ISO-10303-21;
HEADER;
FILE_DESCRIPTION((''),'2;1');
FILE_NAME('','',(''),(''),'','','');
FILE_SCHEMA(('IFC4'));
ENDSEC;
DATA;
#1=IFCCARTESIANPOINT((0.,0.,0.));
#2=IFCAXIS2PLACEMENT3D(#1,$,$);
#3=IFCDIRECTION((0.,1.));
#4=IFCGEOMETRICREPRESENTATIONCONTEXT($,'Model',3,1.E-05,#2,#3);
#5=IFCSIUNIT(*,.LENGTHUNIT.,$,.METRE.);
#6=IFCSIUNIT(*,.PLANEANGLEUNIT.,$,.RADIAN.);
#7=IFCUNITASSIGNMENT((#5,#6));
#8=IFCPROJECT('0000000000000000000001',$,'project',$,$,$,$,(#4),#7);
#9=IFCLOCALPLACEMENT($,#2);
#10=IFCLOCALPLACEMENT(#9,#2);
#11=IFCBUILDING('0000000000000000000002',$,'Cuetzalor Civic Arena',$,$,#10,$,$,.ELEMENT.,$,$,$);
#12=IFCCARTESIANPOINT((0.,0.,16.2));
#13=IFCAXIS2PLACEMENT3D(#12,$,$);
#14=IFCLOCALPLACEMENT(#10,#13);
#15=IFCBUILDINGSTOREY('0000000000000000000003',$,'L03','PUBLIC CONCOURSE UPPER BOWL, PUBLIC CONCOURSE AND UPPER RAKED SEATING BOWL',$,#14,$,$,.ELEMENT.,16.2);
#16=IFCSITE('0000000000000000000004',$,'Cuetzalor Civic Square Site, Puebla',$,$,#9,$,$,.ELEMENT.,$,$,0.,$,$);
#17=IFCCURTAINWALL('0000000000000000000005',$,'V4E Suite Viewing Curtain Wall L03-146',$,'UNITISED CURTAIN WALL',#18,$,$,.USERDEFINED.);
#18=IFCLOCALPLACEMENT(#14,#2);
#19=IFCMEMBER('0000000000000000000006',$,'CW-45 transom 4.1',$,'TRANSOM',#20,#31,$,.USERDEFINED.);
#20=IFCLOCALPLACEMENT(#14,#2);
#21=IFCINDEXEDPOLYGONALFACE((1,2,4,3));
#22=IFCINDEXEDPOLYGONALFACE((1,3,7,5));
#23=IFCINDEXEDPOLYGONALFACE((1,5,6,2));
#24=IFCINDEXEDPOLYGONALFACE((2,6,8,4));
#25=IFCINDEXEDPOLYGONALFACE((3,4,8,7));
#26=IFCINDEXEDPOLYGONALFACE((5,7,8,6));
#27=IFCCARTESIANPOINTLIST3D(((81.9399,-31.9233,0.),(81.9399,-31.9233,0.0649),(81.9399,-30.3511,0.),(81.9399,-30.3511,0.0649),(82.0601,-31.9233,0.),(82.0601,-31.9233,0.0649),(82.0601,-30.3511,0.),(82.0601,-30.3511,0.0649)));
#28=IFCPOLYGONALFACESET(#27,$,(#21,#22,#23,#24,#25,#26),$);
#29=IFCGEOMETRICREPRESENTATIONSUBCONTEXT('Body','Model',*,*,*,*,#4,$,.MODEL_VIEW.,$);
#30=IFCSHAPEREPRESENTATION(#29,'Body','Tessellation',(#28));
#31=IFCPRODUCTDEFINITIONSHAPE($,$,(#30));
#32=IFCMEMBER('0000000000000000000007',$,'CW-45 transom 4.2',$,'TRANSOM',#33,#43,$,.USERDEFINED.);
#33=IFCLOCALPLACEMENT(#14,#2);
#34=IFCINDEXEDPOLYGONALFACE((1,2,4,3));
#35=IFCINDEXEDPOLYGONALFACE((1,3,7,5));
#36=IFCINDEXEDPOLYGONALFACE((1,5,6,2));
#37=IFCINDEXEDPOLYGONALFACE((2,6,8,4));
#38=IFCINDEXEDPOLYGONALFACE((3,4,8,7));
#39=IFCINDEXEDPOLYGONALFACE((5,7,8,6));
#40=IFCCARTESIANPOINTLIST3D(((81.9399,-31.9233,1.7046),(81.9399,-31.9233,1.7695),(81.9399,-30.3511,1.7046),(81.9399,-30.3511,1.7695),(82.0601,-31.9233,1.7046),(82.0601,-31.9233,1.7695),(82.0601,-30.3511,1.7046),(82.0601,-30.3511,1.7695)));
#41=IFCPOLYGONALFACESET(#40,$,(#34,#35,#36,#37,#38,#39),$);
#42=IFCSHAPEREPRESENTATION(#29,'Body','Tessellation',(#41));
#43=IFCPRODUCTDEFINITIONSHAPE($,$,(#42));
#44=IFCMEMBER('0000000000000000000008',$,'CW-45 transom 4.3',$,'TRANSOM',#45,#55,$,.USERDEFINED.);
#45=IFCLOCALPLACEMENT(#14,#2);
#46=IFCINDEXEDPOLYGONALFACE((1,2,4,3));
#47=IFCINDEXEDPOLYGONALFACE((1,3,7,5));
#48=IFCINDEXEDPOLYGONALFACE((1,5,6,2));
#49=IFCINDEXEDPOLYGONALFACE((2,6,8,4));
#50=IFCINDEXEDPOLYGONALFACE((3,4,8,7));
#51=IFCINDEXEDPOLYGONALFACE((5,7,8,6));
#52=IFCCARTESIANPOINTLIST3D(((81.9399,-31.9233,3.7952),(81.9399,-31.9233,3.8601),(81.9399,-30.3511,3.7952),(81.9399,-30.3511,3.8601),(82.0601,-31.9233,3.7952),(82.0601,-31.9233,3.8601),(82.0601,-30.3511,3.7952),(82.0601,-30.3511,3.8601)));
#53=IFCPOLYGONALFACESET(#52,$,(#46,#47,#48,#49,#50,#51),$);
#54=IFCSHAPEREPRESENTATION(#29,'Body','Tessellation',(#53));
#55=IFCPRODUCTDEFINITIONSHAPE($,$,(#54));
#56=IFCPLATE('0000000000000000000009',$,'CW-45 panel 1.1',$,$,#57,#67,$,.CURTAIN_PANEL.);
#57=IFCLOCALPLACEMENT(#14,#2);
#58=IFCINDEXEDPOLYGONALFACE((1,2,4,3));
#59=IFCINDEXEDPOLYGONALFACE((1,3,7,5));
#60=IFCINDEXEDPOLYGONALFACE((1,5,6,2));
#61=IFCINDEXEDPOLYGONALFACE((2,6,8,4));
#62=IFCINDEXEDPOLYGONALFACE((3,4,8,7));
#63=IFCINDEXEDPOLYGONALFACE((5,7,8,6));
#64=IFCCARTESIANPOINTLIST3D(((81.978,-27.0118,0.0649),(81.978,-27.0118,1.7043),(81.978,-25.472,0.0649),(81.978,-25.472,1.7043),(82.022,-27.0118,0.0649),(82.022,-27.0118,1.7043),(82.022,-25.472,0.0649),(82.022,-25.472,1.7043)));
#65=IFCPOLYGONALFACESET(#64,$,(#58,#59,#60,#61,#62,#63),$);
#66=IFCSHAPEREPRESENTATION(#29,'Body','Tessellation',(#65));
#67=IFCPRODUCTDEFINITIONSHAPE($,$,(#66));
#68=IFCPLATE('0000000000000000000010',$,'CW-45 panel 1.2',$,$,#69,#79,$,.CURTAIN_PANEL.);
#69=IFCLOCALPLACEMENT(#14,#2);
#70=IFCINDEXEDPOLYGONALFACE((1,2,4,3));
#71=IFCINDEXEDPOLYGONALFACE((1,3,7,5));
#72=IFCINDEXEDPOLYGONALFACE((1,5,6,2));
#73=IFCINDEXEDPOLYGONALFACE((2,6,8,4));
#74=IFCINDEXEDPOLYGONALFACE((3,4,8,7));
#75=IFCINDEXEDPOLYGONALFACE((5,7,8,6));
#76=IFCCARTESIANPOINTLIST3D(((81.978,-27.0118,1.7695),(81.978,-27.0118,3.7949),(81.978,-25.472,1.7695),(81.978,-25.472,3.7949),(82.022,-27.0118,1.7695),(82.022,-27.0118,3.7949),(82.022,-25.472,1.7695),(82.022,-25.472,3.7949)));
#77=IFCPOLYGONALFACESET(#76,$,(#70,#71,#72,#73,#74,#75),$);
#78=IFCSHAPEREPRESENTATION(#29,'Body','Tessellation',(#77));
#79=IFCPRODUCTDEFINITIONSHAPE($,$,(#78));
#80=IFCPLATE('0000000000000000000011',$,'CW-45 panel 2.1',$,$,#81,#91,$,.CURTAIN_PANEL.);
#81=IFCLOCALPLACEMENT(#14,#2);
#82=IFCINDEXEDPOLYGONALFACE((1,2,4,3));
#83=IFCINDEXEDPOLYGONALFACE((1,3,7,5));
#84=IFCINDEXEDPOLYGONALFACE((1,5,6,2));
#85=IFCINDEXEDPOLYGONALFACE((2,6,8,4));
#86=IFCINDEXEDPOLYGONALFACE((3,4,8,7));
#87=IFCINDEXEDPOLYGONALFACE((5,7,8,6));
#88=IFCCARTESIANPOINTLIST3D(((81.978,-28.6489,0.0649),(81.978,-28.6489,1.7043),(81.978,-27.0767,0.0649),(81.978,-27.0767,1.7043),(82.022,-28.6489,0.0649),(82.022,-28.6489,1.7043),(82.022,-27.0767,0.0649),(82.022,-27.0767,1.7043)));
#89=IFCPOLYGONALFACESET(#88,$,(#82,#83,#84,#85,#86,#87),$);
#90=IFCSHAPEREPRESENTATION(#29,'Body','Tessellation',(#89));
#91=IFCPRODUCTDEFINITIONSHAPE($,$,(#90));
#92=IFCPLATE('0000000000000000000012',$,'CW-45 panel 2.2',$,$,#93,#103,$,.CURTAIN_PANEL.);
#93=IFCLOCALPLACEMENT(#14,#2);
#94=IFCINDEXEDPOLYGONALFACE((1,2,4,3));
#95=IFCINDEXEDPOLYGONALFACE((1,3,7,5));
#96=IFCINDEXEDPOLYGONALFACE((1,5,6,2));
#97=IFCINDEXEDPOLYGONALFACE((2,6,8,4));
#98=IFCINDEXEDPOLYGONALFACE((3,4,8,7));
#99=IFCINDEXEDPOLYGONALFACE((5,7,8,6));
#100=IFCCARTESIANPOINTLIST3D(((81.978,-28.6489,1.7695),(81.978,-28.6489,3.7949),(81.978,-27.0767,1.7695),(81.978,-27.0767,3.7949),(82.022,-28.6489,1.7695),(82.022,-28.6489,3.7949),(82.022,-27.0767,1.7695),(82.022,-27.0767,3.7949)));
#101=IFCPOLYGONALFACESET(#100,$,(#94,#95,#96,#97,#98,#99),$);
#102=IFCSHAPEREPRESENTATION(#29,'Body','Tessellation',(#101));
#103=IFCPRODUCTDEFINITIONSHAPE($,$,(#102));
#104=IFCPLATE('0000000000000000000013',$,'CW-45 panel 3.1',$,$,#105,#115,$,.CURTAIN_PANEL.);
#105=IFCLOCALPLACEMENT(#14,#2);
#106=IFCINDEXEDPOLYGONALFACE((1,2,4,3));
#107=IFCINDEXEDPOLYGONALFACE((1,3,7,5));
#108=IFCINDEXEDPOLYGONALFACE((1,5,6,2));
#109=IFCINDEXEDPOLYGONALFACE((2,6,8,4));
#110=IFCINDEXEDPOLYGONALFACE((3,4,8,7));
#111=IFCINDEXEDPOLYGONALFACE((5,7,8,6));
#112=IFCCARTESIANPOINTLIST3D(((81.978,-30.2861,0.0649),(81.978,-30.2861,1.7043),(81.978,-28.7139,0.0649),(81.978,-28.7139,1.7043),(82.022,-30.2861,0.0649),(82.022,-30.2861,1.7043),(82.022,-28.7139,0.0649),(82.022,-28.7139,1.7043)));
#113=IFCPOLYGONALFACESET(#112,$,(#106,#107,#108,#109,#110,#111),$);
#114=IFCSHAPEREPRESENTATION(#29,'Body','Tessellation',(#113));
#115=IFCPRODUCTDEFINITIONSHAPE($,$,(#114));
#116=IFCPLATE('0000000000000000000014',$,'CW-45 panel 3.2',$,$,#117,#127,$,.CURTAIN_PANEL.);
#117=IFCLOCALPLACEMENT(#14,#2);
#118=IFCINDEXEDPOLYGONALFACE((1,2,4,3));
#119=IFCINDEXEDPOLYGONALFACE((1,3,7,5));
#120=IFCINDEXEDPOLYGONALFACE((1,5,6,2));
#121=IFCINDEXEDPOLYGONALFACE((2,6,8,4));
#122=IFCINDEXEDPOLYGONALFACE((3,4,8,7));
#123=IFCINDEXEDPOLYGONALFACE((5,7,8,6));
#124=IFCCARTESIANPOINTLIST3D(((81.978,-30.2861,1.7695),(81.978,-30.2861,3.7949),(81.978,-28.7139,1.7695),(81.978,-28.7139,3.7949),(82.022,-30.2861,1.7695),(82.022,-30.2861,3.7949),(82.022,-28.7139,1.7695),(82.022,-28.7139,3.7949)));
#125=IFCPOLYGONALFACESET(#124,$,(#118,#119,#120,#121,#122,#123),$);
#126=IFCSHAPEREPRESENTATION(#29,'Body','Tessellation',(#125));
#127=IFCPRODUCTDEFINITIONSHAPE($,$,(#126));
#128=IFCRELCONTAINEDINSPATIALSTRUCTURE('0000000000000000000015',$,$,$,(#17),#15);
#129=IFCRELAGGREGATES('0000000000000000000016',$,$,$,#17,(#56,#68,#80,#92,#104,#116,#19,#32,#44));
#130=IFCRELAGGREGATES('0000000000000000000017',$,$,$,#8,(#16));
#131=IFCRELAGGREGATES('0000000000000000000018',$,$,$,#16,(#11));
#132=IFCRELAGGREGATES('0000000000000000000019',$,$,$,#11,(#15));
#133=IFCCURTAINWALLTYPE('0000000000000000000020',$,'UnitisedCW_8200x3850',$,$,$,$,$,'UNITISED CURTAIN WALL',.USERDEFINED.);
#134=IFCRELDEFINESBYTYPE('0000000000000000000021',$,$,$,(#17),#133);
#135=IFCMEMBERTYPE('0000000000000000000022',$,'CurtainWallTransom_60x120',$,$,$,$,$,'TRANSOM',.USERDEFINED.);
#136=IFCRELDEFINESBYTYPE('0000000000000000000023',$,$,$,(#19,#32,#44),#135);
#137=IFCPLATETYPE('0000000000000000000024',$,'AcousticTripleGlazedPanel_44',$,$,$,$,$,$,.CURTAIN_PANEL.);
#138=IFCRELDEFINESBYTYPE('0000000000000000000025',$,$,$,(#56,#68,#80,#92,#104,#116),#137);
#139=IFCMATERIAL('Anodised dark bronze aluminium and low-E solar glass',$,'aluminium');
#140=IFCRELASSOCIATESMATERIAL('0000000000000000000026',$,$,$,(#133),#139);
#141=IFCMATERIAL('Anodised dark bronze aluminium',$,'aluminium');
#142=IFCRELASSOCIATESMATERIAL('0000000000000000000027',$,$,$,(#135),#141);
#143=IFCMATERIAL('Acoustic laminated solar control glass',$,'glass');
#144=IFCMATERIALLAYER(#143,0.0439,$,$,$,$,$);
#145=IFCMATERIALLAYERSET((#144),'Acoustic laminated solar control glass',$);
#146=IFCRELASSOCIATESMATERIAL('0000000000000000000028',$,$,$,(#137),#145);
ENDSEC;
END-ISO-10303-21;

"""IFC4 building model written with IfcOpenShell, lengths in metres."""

from ifc_helpers import new_model, si_unit, direction, frame, origin, origin_2d, place, context, subcontext, project, spatial, rectangle, extrude, material, layer, layer_set, material_profile, profile_set, type_object, element, aggregate, save


model = new_model("IFC4")

# Units and contexts
model_context = context("Model", 3, precision=1e-05, world=origin(), true_north=direction((0.0, 1.0)))
body_context = subcontext(model_context, "Body", "Model", "MODEL_VIEW")
ifc_project = project(units=[si_unit("LENGTHUNIT", "METRE"), si_unit("PLANEANGLEUNIT", "RADIAN")], contexts=[model_context])

# Site, building, storey
site_placement = place(None, origin())
site = spatial("IfcSite", under=ifc_project, at=site_placement, Name="Cuetzalor Civic Square Site, Puebla", CompositionType="ELEMENT", RefElevation=0.0)
building_placement = place(site_placement, origin())
building = spatial("IfcBuilding", under=site, at=building_placement, Name="Cuetzalor Civic Arena", CompositionType="ELEMENT")
storey_placement = place(building_placement, frame((0.0, 0.0, 16.2)))
storey = spatial("IfcBuildingStorey", under=building, at=storey_placement, Name="L03", Description="PUBLIC CONCOURSE UPPER BOWL, PUBLIC CONCOURSE AND UPPER RAKED SEATING BOWL", CompositionType="ELEMENT", Elevation=16.2)

# Curtain wall, members, plates
ifc_material_1 = material(Name="Anodised dark bronze aluminium and low-E solar glass", Category="aluminium")
curtain_wall_type = type_object("IfcCurtainWallType", Name="UnitisedCW_8200x3850", ElementType="UNITISED CURTAIN WALL", PredefinedType="USERDEFINED", material=ifc_material_1)
curtain_wall_placement = place(storey_placement, origin())
curtain_wall = element("IfcCurtainWall", 1, at=curtain_wall_placement, inside=storey, type_object=curtain_wall_type, Name="V4E Suite Viewing Curtain Wall L03-146", ObjectType="UNITISED CURTAIN WALL", PredefinedType="USERDEFINED")
ifc_material_2 = material(Name="Anodised dark bronze aluminium", Category="aluminium")
ifc_material_profile_1 = material_profile(ifc_material_2, rectangle(XDim=0.1201, YDim=0.0649, at=origin_2d()), Name="ALU TRANSOM 65x120")
ifc_profile_set_1 = profile_set([ifc_material_profile_1], Name="Anodised dark bronze aluminium")
member_type_1 = type_object("IfcMemberType", Name="CurtainWallTransom_60x120", ElementType="TRANSOM", PredefinedType="USERDEFINED", material=ifc_profile_set_1)
member_1_placement = place(storey_placement, frame((82.0, -30.3511, 0.0325), z_axis=(0.0, -1.0, 0.0), x_axis=(1.0, 0.0, 0.0)))
member_1 = element("IfcMember", 2, at=member_1_placement, type_object=member_type_1, Name="CW-45 transom 4.1", ObjectType="TRANSOM", PredefinedType="USERDEFINED", context=body_context, shape_type="SweptSolid", body=[
    extrude(rectangle(XDim=0.1201, YDim=0.0649, at=origin_2d()), origin(), (0.0, 0.0, 1.0), 1.5723),
])
member_2_placement = place(storey_placement, frame((82.0, -30.3511, 1.7371), z_axis=(0.0, -1.0, 0.0), x_axis=(1.0, 0.0, 0.0)))
member_2 = element("IfcMember", 3, at=member_2_placement, type_object=member_type_1, Name="CW-45 transom 4.2", ObjectType="TRANSOM", PredefinedType="USERDEFINED", context=body_context, shape_type="SweptSolid", body=[
    extrude(rectangle(XDim=0.1201, YDim=0.0649, at=origin_2d()), origin(), (0.0, 0.0, 1.0), 1.5723),
])
member_3_placement = place(storey_placement, frame((82.0, -30.3511, 3.8276), z_axis=(0.0, -1.0, 0.0), x_axis=(1.0, 0.0, 0.0)))
member_3 = element("IfcMember", 4, at=member_3_placement, type_object=member_type_1, Name="CW-45 transom 4.3", ObjectType="TRANSOM", PredefinedType="USERDEFINED", context=body_context, shape_type="SweptSolid", body=[
    extrude(rectangle(XDim=0.1201, YDim=0.0649, at=origin_2d()), origin(), (0.0, 0.0, 1.0), 1.5723),
])
ifc_material_3 = material(Name="Acoustic laminated solar control glass", Category="glass")
ifc_layer = layer(ifc_material_3, 0.0439)
ifc_layer_set = layer_set([ifc_layer], Name="Acoustic laminated solar control glass")
plate_type = type_object("IfcPlateType", Name="AcousticTripleGlazedPanel_44", PredefinedType="CURTAIN_PANEL", material=ifc_layer_set)
plate_1_placement = place(storey_placement, frame((82.0, -26.2419, 0.0649), z_axis=(0.0, 0.0, 1.0), x_axis=(0.0, -1.0, 0.0)))
plate_1 = element("IfcPlate", 5, at=plate_1_placement, type_object=plate_type, Name="CW-45 panel 1.1", PredefinedType="CURTAIN_PANEL", context=body_context, shape_type="SweptSolid", body=[
    extrude(rectangle(XDim=1.5398, YDim=0.0439, at=origin_2d()), origin(), (0.0, 0.0, 1.0), 1.6394),
])
plate_2_placement = place(storey_placement, frame((82.0, -26.2419, 1.7695), z_axis=(0.0, 0.0, 1.0), x_axis=(0.0, -1.0, 0.0)))
plate_2 = element("IfcPlate", 6, at=plate_2_placement, type_object=plate_type, Name="CW-45 panel 1.2", PredefinedType="CURTAIN_PANEL", context=body_context, shape_type="SweptSolid", body=[
    extrude(rectangle(XDim=1.5398, YDim=0.0439, at=origin_2d()), origin(), (0.0, 0.0, 1.0), 2.0254),
])
plate_3_placement = place(storey_placement, frame((82.0, -27.8628, 0.0649), z_axis=(0.0, 0.0, 1.0), x_axis=(0.0, -1.0, 0.0)))
plate_3 = element("IfcPlate", 7, at=plate_3_placement, type_object=plate_type, Name="CW-45 panel 2.1", PredefinedType="CURTAIN_PANEL", context=body_context, shape_type="SweptSolid", body=[
    extrude(rectangle(XDim=1.5723, YDim=0.0439, at=origin_2d()), origin(), (0.0, 0.0, 1.0), 1.6394),
])
plate_4_placement = place(storey_placement, frame((82.0, -27.8628, 1.7695), z_axis=(0.0, 0.0, 1.0), x_axis=(0.0, -1.0, 0.0)))
plate_4 = element("IfcPlate", 8, at=plate_4_placement, type_object=plate_type, Name="CW-45 panel 2.2", PredefinedType="CURTAIN_PANEL", context=body_context, shape_type="SweptSolid", body=[
    extrude(rectangle(XDim=1.5723, YDim=0.0439, at=origin_2d()), origin(), (0.0, 0.0, 1.0), 2.0254),
])
plate_5_placement = place(storey_placement, frame((82.0, -29.5, 0.0649), z_axis=(0.0, 0.0, 1.0), x_axis=(0.0, -1.0, 0.0)))
plate_5 = element("IfcPlate", 9, at=plate_5_placement, type_object=plate_type, Name="CW-45 panel 3.1", PredefinedType="CURTAIN_PANEL", context=body_context, shape_type="SweptSolid", body=[
    extrude(rectangle(XDim=1.5723, YDim=0.0439, at=origin_2d()), origin(), (0.0, 0.0, 1.0), 1.6394),
])
plate_6_placement = place(storey_placement, frame((82.0, -29.5, 1.7695), z_axis=(0.0, 0.0, 1.0), x_axis=(0.0, -1.0, 0.0)))
plate_6 = element("IfcPlate", 10, at=plate_6_placement, type_object=plate_type, Name="CW-45 panel 3.2", PredefinedType="CURTAIN_PANEL", context=body_context, shape_type="SweptSolid", body=[
    extrude(rectangle(XDim=1.5723, YDim=0.0439, at=origin_2d()), origin(), (0.0, 0.0, 1.0), 2.0254),
])
aggregate(curtain_wall, [plate_1, plate_2, plate_3, plate_4, plate_5, plate_6, member_1, member_2, member_3])

save(model, "model.ifc")
